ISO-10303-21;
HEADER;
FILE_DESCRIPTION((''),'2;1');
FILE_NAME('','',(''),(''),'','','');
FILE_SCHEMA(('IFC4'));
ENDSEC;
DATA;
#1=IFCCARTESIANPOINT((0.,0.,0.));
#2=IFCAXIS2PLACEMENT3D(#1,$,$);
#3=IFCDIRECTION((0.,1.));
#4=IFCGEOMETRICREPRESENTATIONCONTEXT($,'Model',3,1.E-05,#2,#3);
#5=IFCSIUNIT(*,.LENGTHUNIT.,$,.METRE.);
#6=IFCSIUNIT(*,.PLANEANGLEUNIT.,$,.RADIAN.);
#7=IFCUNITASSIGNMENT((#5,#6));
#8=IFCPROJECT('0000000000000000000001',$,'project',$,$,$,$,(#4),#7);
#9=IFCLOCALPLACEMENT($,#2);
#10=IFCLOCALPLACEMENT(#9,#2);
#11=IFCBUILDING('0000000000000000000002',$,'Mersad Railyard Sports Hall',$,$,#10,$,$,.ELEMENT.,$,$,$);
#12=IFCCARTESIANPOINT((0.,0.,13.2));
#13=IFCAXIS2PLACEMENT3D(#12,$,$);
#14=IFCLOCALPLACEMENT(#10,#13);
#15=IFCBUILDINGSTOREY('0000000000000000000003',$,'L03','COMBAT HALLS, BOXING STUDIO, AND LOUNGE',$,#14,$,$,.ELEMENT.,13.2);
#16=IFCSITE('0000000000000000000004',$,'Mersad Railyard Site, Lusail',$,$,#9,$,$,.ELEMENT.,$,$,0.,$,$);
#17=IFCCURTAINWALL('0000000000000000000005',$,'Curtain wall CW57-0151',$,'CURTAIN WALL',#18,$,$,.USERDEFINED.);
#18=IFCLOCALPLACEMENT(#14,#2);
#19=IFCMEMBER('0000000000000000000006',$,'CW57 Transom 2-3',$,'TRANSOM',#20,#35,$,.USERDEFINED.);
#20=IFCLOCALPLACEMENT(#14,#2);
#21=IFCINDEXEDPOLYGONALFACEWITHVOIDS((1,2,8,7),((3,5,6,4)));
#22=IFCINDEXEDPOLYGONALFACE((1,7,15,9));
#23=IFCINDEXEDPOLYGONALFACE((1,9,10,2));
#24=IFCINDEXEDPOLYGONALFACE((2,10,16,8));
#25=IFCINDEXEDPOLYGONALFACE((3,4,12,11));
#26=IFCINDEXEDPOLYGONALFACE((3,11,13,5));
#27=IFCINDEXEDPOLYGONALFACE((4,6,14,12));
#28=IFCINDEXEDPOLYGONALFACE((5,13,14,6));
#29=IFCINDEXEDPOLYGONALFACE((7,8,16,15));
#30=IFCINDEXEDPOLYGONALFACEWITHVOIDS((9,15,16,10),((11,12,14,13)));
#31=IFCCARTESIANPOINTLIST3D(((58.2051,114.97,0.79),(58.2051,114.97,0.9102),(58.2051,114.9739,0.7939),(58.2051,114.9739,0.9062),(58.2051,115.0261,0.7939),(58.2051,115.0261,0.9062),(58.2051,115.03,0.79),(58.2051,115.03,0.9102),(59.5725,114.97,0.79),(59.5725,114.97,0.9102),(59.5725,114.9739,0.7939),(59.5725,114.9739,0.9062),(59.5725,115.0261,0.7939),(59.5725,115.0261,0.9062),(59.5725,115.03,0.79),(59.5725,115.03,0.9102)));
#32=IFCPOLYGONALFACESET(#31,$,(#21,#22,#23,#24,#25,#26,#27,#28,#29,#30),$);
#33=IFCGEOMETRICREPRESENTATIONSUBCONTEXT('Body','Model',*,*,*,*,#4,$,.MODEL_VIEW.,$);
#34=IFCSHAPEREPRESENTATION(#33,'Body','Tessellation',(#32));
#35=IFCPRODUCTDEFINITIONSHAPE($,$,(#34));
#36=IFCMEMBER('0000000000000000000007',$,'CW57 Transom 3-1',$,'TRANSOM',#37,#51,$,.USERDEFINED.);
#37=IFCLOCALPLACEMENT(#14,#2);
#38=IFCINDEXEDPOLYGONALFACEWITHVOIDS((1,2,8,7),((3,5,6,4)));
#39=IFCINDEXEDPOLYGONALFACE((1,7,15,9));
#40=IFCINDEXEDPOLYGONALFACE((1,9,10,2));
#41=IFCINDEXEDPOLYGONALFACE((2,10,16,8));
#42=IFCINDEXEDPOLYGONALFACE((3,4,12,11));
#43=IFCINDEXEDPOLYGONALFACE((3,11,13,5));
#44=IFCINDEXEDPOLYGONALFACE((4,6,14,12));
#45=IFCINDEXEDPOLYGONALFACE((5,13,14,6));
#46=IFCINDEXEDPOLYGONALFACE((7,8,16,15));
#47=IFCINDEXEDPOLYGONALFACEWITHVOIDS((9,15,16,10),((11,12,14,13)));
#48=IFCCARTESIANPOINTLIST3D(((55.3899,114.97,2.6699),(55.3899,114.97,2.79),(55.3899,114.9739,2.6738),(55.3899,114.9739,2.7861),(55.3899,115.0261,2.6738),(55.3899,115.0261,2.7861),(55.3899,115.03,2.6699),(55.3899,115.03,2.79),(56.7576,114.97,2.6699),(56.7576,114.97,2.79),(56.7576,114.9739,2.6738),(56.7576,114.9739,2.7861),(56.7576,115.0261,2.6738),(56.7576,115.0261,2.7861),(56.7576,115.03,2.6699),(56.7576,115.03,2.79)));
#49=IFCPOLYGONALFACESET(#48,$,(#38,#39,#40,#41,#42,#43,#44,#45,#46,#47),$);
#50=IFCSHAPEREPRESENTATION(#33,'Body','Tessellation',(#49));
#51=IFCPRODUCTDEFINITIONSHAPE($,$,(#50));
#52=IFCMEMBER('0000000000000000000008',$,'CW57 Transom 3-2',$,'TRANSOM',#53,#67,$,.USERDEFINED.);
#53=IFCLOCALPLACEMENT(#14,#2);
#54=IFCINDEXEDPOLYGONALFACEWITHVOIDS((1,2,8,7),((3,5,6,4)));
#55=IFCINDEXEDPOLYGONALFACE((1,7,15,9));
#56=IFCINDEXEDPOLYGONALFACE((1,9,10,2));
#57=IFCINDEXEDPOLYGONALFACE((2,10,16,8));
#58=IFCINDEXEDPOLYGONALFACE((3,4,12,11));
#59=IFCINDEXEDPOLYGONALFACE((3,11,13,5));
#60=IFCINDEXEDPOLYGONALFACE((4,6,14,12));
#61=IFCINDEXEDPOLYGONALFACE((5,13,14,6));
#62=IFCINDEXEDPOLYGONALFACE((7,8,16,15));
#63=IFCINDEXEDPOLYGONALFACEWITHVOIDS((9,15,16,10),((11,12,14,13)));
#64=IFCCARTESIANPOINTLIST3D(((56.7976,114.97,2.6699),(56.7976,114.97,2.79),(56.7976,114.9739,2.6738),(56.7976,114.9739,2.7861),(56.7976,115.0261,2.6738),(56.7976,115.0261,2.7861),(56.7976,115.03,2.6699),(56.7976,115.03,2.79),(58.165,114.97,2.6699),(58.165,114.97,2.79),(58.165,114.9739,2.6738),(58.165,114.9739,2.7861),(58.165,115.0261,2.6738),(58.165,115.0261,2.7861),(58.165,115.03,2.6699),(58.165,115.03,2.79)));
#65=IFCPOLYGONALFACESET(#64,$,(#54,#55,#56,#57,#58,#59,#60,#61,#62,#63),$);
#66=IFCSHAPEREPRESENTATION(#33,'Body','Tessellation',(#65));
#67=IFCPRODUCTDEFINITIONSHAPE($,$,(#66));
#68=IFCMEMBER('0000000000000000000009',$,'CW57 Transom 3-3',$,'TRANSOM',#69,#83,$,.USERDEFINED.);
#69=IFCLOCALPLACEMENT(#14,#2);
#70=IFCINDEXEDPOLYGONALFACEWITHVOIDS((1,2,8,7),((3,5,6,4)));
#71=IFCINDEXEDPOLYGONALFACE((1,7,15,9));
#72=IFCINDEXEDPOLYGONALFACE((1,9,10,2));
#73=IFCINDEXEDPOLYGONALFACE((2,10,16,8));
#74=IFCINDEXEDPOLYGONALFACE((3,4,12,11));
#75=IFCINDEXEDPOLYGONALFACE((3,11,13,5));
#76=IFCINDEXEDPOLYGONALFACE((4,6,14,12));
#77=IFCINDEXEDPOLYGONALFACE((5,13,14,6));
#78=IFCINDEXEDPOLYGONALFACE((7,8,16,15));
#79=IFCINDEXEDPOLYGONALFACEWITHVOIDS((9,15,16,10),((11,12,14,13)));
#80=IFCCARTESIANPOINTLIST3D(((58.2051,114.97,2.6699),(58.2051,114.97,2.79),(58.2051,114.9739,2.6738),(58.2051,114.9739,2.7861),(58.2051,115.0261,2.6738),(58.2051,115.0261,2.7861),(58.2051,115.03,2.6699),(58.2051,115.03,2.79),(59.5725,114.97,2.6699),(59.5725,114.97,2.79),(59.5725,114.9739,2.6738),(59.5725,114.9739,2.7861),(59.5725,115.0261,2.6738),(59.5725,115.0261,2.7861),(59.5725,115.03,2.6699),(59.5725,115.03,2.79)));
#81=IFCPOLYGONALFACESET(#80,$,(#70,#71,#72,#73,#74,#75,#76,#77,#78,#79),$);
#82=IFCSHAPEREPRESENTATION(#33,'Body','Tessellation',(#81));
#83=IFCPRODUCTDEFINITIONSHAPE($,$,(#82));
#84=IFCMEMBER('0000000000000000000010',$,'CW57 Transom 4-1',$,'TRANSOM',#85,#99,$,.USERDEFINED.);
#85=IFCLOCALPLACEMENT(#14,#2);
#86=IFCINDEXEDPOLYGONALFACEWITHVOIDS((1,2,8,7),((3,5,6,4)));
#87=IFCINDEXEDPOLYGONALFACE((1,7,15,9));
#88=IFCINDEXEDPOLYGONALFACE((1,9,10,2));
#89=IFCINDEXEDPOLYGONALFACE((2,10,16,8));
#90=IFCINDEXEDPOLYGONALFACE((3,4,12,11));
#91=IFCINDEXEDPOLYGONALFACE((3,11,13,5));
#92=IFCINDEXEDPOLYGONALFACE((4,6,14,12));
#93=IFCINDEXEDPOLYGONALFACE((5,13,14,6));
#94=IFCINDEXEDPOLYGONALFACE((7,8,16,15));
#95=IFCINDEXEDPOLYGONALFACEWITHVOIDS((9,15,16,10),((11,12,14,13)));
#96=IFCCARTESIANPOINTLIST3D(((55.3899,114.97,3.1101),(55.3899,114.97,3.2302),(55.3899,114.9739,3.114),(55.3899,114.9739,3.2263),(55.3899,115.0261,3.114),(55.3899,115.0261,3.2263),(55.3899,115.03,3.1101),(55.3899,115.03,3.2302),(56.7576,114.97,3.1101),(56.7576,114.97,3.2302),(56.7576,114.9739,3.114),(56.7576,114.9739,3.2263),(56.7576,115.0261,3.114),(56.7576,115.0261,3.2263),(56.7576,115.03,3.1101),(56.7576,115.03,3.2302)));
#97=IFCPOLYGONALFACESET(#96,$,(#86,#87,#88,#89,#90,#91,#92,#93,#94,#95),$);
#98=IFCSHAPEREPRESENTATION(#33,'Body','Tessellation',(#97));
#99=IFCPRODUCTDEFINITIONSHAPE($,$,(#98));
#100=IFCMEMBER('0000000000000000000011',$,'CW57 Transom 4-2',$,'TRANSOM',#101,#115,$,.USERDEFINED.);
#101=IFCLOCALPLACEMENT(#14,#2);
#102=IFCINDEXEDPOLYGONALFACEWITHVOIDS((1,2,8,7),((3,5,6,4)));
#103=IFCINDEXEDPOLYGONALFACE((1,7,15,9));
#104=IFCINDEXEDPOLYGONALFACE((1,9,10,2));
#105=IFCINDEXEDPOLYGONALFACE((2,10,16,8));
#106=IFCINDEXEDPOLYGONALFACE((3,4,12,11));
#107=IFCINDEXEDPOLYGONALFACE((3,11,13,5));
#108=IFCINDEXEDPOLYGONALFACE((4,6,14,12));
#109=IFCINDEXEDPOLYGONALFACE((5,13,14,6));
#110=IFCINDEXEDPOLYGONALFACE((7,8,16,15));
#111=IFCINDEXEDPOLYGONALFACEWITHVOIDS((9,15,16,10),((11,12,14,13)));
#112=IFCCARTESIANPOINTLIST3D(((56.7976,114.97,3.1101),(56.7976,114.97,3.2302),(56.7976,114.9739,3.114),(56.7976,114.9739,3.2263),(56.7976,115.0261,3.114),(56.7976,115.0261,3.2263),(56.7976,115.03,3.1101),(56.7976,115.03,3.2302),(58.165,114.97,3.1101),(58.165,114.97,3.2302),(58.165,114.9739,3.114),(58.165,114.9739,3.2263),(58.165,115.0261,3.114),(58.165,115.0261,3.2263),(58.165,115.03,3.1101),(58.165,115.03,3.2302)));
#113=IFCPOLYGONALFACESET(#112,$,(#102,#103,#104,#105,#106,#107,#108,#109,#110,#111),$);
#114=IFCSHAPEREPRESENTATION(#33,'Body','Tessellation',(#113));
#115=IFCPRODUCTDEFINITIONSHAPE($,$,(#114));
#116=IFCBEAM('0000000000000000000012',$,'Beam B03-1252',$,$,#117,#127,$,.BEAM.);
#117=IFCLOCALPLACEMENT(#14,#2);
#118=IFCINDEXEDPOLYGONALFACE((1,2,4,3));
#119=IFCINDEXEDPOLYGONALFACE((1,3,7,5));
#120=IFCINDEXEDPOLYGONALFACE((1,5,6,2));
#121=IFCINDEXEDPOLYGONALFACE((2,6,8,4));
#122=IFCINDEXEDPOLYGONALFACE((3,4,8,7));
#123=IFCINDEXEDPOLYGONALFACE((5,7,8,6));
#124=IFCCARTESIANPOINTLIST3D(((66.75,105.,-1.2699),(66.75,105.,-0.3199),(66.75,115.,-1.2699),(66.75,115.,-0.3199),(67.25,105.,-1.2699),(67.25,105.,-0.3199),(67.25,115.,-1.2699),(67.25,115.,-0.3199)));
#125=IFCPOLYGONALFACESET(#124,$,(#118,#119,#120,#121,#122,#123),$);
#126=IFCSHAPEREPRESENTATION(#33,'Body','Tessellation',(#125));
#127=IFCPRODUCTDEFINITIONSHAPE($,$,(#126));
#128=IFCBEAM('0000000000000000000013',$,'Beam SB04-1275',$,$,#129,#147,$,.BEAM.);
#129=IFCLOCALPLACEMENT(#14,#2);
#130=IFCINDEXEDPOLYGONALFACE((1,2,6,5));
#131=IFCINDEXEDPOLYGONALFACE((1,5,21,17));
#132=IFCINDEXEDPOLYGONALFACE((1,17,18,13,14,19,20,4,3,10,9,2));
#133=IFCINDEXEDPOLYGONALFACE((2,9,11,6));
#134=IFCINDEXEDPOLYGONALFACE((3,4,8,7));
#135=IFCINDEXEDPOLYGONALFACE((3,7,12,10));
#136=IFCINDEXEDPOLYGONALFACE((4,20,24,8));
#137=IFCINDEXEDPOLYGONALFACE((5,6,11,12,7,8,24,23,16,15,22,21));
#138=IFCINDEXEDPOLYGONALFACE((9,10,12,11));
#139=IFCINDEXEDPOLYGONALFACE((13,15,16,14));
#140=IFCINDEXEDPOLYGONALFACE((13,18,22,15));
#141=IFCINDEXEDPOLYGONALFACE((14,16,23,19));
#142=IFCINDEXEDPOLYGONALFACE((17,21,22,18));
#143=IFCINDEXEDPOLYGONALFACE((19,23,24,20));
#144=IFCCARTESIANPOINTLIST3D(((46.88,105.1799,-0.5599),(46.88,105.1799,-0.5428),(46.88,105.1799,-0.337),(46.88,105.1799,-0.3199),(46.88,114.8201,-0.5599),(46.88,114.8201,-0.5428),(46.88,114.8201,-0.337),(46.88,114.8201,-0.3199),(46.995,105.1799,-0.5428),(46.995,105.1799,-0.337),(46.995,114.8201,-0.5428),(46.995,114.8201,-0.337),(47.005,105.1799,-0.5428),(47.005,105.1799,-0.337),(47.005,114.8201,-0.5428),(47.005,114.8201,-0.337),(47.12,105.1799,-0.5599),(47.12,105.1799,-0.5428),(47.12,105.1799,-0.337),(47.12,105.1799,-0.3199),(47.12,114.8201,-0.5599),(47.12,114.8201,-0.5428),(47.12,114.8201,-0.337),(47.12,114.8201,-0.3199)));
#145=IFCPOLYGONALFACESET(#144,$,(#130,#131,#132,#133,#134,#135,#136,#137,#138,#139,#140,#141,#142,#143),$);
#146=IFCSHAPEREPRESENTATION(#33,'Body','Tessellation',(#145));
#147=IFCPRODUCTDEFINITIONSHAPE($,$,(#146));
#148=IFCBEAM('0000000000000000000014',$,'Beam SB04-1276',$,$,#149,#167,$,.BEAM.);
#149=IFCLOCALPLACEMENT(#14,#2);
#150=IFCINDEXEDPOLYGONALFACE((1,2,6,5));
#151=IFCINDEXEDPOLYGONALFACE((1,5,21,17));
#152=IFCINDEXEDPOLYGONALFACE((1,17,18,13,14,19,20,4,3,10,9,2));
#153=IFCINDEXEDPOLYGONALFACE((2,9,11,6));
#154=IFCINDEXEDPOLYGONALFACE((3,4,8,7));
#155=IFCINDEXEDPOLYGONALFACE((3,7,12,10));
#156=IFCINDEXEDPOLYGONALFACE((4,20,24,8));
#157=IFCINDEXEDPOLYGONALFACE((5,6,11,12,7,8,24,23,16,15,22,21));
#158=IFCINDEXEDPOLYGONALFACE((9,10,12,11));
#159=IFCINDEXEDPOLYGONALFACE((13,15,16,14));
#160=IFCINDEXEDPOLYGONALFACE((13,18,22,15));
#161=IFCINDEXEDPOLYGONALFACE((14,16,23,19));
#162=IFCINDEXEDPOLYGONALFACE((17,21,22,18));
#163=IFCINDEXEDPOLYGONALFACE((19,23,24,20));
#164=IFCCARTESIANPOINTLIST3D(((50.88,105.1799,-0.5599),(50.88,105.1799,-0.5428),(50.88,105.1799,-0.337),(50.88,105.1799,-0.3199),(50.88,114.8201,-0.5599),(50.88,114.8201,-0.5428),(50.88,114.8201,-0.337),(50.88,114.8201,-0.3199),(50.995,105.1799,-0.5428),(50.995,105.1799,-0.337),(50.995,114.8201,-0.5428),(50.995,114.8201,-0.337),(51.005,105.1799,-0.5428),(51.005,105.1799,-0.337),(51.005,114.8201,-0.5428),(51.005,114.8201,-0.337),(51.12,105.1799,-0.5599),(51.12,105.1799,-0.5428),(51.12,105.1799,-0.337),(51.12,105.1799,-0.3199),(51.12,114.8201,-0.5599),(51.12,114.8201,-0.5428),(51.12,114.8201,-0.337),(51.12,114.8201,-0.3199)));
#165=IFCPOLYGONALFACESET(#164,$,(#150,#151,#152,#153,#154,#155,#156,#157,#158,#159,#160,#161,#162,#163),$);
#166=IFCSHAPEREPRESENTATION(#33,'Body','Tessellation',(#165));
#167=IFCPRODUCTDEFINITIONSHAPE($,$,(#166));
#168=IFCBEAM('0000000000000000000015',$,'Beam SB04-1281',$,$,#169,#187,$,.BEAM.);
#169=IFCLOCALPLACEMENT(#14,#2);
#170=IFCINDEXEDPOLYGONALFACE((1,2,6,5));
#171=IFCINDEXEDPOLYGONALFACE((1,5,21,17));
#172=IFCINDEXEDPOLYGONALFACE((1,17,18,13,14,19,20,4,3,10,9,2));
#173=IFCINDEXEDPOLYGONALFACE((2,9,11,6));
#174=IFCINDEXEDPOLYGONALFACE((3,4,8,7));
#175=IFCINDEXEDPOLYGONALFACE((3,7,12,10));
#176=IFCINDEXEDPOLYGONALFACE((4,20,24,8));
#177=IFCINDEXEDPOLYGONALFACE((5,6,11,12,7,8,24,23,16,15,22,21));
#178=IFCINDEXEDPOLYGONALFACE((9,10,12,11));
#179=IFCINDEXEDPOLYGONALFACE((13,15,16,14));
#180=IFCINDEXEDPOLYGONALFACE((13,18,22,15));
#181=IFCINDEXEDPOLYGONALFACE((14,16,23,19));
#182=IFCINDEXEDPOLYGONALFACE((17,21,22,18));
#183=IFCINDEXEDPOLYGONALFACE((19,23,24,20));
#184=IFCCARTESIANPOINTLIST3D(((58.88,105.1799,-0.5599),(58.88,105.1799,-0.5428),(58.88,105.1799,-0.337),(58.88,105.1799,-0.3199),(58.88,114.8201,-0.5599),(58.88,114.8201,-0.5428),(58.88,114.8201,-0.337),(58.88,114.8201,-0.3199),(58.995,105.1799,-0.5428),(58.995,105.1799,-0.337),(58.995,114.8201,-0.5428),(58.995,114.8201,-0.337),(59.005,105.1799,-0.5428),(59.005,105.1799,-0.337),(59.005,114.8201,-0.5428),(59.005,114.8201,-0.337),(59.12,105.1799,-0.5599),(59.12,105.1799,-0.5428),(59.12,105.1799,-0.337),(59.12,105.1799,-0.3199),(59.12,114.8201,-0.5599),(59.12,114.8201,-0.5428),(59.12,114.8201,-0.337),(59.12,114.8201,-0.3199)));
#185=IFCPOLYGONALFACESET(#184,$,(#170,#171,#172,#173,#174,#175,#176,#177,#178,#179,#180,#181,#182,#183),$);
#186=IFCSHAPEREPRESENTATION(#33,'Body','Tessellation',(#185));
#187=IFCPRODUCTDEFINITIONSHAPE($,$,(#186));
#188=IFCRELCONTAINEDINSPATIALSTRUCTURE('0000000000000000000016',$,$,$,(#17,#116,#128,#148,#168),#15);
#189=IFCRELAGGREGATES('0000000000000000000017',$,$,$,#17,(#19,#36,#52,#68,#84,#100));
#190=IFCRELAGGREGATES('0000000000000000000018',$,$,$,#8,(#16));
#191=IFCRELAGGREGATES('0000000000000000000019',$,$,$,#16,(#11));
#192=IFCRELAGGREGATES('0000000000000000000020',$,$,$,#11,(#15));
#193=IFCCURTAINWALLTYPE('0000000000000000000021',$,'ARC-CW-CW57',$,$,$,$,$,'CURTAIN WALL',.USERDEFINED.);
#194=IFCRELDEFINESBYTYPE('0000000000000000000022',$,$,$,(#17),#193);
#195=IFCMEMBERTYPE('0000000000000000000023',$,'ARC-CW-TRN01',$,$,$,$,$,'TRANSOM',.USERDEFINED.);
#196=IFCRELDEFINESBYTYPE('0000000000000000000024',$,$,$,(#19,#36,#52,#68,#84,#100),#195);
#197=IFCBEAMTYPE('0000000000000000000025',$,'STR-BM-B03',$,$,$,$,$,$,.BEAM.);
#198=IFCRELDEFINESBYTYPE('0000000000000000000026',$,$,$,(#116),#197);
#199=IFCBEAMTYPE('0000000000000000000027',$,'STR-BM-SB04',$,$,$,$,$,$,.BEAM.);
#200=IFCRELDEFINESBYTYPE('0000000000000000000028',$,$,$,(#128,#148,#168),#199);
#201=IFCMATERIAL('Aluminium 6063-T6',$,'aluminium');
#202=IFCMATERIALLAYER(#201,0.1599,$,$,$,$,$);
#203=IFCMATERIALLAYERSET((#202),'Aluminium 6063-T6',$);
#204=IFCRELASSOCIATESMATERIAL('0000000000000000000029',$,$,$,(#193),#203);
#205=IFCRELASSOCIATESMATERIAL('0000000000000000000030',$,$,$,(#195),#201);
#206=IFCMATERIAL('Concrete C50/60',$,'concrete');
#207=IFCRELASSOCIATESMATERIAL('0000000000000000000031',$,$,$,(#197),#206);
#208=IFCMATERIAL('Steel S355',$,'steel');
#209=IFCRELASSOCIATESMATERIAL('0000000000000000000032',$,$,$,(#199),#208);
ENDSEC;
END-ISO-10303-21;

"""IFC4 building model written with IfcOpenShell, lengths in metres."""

from ifc_helpers import new_model, si_unit, direction, frame, origin, origin_2d, place, context, subcontext, project, spatial, rectangle, hollow_rectangle, i_section, extrude, material, layer, layer_set, material_profile, profile_set, type_object, element, aggregate, save


model = new_model("IFC4")

# Units and contexts
model_context = context("Model", 3, precision=1e-05, world=origin(), true_north=direction((0.0, 1.0)))
body_context = subcontext(model_context, "Body", "Model", "MODEL_VIEW")
ifc_project = project(units=[si_unit("LENGTHUNIT", "METRE"), si_unit("PLANEANGLEUNIT", "RADIAN")], contexts=[model_context])

# Site, building, storey
site_placement = place(None, origin())
site = spatial("IfcSite", under=ifc_project, at=site_placement, Name="Mersad Railyard Site, Lusail", CompositionType="ELEMENT", RefElevation=0.0)
building_placement = place(site_placement, origin())
building = spatial("IfcBuilding", under=site, at=building_placement, Name="Mersad Railyard Sports Hall", CompositionType="ELEMENT")
storey_placement = place(building_placement, frame((0.0, 0.0, 13.2)))
storey = spatial("IfcBuildingStorey", under=building, at=storey_placement, Name="L03", Description="COMBAT HALLS, BOXING STUDIO, AND LOUNGE", CompositionType="ELEMENT", Elevation=13.2)

# Curtain wall, members
ifc_material_1 = material(Name="Aluminium 6063-T6", Category="aluminium")
ifc_layer_1 = layer(ifc_material_1, 0.1599)
ifc_layer_set_1 = layer_set([ifc_layer_1], Name="Aluminium 6063-T6")
curtain_wall_type = type_object("IfcCurtainWallType", Name="ARC-CW-CW57", ElementType="CURTAIN WALL", PredefinedType="USERDEFINED", material=ifc_layer_set_1)
curtain_wall_placement = place(storey_placement, origin())
curtain_wall = element("IfcCurtainWall", 1, at=curtain_wall_placement, inside=storey, type_object=curtain_wall_type, Name="Curtain wall CW57-0151", ObjectType="CURTAIN WALL", PredefinedType="USERDEFINED")
ifc_material_profile_1 = material_profile(ifc_material_1, hollow_rectangle(XDim=0.0601, YDim=0.1201, WallThickness=0.0039, at=origin_2d()), Name="AL TRANSOM 60x120x4")
ifc_profile_set_1 = profile_set([ifc_material_profile_1], Name="Aluminium 6063-T6")
member_type_1 = type_object("IfcMemberType", Name="ARC-CW-TRN01", ElementType="TRANSOM", PredefinedType="USERDEFINED", material=ifc_profile_set_1)
member_1_placement = place(storey_placement, frame((58.2051, 115.0, 0.8501), z_axis=(1.0, 0.0, 0.0), x_axis=(0.0, 1.0, 0.0)))
member_1 = element("IfcMember", 2, at=member_1_placement, type_object=member_type_1, Name="CW57 Transom 2-3", ObjectType="TRANSOM", PredefinedType="USERDEFINED", context=body_context, shape_type="SweptSolid", body=[
    extrude(hollow_rectangle(XDim=0.0601, YDim=0.1201, WallThickness=0.0039, at=origin_2d()), origin(), (0.0, 0.0, 1.0), 1.3674),
])
member_2_placement = place(storey_placement, frame((55.3899, 115.0, 2.73), z_axis=(1.0, 0.0, 0.0), x_axis=(0.0, 1.0, 0.0)))
member_2 = element("IfcMember", 3, at=member_2_placement, type_object=member_type_1, Name="CW57 Transom 3-1", ObjectType="TRANSOM", PredefinedType="USERDEFINED", context=body_context, shape_type="SweptSolid", body=[
    extrude(hollow_rectangle(XDim=0.0601, YDim=0.1201, WallThickness=0.0039, at=origin_2d()), origin(), (0.0, 0.0, 1.0), 1.3677),
])
member_3_placement = place(storey_placement, frame((56.7976, 115.0, 2.73), z_axis=(1.0, 0.0, 0.0), x_axis=(0.0, 1.0, 0.0)))
member_3 = element("IfcMember", 4, at=member_3_placement, type_object=member_type_1, Name="CW57 Transom 3-2", ObjectType="TRANSOM", PredefinedType="USERDEFINED", context=body_context, shape_type="SweptSolid", body=[
    extrude(hollow_rectangle(XDim=0.0601, YDim=0.1201, WallThickness=0.0039, at=origin_2d()), origin(), (0.0, 0.0, 1.0), 1.3674),
])
member_4_placement = place(storey_placement, frame((58.2051, 115.0, 2.73), z_axis=(1.0, 0.0, 0.0), x_axis=(0.0, 1.0, 0.0)))
member_4 = element("IfcMember", 5, at=member_4_placement, type_object=member_type_1, Name="CW57 Transom 3-3", ObjectType="TRANSOM", PredefinedType="USERDEFINED", context=body_context, shape_type="SweptSolid", body=[
    extrude(hollow_rectangle(XDim=0.0601, YDim=0.1201, WallThickness=0.0039, at=origin_2d()), origin(), (0.0, 0.0, 1.0), 1.3674),
])
member_5_placement = place(storey_placement, frame((55.3899, 115.0, 3.1702), z_axis=(1.0, 0.0, 0.0), x_axis=(0.0, 1.0, 0.0)))
member_5 = element("IfcMember", 6, at=member_5_placement, type_object=member_type_1, Name="CW57 Transom 4-1", ObjectType="TRANSOM", PredefinedType="USERDEFINED", context=body_context, shape_type="SweptSolid", body=[
    extrude(hollow_rectangle(XDim=0.0601, YDim=0.1201, WallThickness=0.0039, at=origin_2d()), origin(), (0.0, 0.0, 1.0), 1.3677),
])
member_6_placement = place(storey_placement, frame((56.7976, 115.0, 3.1702), z_axis=(1.0, 0.0, 0.0), x_axis=(0.0, 1.0, 0.0)))
member_6 = element("IfcMember", 7, at=member_6_placement, type_object=member_type_1, Name="CW57 Transom 4-2", ObjectType="TRANSOM", PredefinedType="USERDEFINED", context=body_context, shape_type="SweptSolid", body=[
    extrude(hollow_rectangle(XDim=0.0601, YDim=0.1201, WallThickness=0.0039, at=origin_2d()), origin(), (0.0, 0.0, 1.0), 1.3674),
])

# Beams
ifc_material_2 = material(Name="Concrete C50/60", Category="concrete")
ifc_material_profile_2 = material_profile(ifc_material_2, rectangle(XDim=0.5, YDim=0.95, at=origin_2d()), Name="RC 500x950")
ifc_profile_set_2 = profile_set([ifc_material_profile_2], Name="Concrete C50/60")
beam_type_1 = type_object("IfcBeamType", Name="STR-BM-B03", PredefinedType="BEAM", material=ifc_profile_set_2)
beam_placement = place(storey_placement, frame((67.0, 105.0, -0.7949), z_axis=(0.0, 1.0, 0.0), x_axis=(-1.0, 0.0, 0.0)))
element("IfcBeam", 8, at=beam_placement, inside=storey, type_object=beam_type_1, Name="Beam B03-1252", PredefinedType="BEAM", context=body_context, shape_type="SweptSolid", body=[
    extrude(rectangle(XDim=0.5, YDim=0.95, at=origin_2d()), origin(), (0.0, 0.0, 1.0), 10.0),
])
ifc_material_3 = material(Name="Steel S355", Category="steel")
ifc_material_profile_3 = material_profile(ifc_material_3, i_section(OverallWidth=0.24, OverallDepth=0.24, WebThickness=0.01, FlangeThickness=0.0171, at=origin_2d()), Name="HEB 240")
ifc_profile_set_3 = profile_set([ifc_material_profile_3], Name="Steel S355")
beam_type_2 = type_object("IfcBeamType", Name="STR-BM-SB04", PredefinedType="BEAM", material=ifc_profile_set_3)
for number, where, z_axis, x_axis, name in (
    (9, (47.0, 105.1799, -0.4399), (0.0, 1.0, 0.0), (-1.0, 0.0, 0.0), "Beam SB04-1275"),
    (10, (51.0, 105.1799, -0.4399), (0.0, 1.0, 0.0), (-1.0, 0.0, 0.0), "Beam SB04-1276"),
    (11, (59.0, 105.1799, -0.4399), (0.0, 1.0, 0.0), (-1.0, 0.0, 0.0), "Beam SB04-1281"),
):
    element("IfcBeam", number, at=place(storey_placement, frame(where, z_axis=z_axis, x_axis=x_axis)), inside=storey, type_object=beam_type_2, Name=name, PredefinedType="BEAM", context=body_context, shape_type="SweptSolid", body=[
        extrude(i_section(OverallWidth=0.24, OverallDepth=0.24, WebThickness=0.01, FlangeThickness=0.0171, at=origin_2d()), origin(), (0.0, 0.0, 1.0), 9.6401),
    ])

aggregate(curtain_wall, [member_1, member_2, member_3, member_4, member_5, member_6])

save(model, "model.ifc")
